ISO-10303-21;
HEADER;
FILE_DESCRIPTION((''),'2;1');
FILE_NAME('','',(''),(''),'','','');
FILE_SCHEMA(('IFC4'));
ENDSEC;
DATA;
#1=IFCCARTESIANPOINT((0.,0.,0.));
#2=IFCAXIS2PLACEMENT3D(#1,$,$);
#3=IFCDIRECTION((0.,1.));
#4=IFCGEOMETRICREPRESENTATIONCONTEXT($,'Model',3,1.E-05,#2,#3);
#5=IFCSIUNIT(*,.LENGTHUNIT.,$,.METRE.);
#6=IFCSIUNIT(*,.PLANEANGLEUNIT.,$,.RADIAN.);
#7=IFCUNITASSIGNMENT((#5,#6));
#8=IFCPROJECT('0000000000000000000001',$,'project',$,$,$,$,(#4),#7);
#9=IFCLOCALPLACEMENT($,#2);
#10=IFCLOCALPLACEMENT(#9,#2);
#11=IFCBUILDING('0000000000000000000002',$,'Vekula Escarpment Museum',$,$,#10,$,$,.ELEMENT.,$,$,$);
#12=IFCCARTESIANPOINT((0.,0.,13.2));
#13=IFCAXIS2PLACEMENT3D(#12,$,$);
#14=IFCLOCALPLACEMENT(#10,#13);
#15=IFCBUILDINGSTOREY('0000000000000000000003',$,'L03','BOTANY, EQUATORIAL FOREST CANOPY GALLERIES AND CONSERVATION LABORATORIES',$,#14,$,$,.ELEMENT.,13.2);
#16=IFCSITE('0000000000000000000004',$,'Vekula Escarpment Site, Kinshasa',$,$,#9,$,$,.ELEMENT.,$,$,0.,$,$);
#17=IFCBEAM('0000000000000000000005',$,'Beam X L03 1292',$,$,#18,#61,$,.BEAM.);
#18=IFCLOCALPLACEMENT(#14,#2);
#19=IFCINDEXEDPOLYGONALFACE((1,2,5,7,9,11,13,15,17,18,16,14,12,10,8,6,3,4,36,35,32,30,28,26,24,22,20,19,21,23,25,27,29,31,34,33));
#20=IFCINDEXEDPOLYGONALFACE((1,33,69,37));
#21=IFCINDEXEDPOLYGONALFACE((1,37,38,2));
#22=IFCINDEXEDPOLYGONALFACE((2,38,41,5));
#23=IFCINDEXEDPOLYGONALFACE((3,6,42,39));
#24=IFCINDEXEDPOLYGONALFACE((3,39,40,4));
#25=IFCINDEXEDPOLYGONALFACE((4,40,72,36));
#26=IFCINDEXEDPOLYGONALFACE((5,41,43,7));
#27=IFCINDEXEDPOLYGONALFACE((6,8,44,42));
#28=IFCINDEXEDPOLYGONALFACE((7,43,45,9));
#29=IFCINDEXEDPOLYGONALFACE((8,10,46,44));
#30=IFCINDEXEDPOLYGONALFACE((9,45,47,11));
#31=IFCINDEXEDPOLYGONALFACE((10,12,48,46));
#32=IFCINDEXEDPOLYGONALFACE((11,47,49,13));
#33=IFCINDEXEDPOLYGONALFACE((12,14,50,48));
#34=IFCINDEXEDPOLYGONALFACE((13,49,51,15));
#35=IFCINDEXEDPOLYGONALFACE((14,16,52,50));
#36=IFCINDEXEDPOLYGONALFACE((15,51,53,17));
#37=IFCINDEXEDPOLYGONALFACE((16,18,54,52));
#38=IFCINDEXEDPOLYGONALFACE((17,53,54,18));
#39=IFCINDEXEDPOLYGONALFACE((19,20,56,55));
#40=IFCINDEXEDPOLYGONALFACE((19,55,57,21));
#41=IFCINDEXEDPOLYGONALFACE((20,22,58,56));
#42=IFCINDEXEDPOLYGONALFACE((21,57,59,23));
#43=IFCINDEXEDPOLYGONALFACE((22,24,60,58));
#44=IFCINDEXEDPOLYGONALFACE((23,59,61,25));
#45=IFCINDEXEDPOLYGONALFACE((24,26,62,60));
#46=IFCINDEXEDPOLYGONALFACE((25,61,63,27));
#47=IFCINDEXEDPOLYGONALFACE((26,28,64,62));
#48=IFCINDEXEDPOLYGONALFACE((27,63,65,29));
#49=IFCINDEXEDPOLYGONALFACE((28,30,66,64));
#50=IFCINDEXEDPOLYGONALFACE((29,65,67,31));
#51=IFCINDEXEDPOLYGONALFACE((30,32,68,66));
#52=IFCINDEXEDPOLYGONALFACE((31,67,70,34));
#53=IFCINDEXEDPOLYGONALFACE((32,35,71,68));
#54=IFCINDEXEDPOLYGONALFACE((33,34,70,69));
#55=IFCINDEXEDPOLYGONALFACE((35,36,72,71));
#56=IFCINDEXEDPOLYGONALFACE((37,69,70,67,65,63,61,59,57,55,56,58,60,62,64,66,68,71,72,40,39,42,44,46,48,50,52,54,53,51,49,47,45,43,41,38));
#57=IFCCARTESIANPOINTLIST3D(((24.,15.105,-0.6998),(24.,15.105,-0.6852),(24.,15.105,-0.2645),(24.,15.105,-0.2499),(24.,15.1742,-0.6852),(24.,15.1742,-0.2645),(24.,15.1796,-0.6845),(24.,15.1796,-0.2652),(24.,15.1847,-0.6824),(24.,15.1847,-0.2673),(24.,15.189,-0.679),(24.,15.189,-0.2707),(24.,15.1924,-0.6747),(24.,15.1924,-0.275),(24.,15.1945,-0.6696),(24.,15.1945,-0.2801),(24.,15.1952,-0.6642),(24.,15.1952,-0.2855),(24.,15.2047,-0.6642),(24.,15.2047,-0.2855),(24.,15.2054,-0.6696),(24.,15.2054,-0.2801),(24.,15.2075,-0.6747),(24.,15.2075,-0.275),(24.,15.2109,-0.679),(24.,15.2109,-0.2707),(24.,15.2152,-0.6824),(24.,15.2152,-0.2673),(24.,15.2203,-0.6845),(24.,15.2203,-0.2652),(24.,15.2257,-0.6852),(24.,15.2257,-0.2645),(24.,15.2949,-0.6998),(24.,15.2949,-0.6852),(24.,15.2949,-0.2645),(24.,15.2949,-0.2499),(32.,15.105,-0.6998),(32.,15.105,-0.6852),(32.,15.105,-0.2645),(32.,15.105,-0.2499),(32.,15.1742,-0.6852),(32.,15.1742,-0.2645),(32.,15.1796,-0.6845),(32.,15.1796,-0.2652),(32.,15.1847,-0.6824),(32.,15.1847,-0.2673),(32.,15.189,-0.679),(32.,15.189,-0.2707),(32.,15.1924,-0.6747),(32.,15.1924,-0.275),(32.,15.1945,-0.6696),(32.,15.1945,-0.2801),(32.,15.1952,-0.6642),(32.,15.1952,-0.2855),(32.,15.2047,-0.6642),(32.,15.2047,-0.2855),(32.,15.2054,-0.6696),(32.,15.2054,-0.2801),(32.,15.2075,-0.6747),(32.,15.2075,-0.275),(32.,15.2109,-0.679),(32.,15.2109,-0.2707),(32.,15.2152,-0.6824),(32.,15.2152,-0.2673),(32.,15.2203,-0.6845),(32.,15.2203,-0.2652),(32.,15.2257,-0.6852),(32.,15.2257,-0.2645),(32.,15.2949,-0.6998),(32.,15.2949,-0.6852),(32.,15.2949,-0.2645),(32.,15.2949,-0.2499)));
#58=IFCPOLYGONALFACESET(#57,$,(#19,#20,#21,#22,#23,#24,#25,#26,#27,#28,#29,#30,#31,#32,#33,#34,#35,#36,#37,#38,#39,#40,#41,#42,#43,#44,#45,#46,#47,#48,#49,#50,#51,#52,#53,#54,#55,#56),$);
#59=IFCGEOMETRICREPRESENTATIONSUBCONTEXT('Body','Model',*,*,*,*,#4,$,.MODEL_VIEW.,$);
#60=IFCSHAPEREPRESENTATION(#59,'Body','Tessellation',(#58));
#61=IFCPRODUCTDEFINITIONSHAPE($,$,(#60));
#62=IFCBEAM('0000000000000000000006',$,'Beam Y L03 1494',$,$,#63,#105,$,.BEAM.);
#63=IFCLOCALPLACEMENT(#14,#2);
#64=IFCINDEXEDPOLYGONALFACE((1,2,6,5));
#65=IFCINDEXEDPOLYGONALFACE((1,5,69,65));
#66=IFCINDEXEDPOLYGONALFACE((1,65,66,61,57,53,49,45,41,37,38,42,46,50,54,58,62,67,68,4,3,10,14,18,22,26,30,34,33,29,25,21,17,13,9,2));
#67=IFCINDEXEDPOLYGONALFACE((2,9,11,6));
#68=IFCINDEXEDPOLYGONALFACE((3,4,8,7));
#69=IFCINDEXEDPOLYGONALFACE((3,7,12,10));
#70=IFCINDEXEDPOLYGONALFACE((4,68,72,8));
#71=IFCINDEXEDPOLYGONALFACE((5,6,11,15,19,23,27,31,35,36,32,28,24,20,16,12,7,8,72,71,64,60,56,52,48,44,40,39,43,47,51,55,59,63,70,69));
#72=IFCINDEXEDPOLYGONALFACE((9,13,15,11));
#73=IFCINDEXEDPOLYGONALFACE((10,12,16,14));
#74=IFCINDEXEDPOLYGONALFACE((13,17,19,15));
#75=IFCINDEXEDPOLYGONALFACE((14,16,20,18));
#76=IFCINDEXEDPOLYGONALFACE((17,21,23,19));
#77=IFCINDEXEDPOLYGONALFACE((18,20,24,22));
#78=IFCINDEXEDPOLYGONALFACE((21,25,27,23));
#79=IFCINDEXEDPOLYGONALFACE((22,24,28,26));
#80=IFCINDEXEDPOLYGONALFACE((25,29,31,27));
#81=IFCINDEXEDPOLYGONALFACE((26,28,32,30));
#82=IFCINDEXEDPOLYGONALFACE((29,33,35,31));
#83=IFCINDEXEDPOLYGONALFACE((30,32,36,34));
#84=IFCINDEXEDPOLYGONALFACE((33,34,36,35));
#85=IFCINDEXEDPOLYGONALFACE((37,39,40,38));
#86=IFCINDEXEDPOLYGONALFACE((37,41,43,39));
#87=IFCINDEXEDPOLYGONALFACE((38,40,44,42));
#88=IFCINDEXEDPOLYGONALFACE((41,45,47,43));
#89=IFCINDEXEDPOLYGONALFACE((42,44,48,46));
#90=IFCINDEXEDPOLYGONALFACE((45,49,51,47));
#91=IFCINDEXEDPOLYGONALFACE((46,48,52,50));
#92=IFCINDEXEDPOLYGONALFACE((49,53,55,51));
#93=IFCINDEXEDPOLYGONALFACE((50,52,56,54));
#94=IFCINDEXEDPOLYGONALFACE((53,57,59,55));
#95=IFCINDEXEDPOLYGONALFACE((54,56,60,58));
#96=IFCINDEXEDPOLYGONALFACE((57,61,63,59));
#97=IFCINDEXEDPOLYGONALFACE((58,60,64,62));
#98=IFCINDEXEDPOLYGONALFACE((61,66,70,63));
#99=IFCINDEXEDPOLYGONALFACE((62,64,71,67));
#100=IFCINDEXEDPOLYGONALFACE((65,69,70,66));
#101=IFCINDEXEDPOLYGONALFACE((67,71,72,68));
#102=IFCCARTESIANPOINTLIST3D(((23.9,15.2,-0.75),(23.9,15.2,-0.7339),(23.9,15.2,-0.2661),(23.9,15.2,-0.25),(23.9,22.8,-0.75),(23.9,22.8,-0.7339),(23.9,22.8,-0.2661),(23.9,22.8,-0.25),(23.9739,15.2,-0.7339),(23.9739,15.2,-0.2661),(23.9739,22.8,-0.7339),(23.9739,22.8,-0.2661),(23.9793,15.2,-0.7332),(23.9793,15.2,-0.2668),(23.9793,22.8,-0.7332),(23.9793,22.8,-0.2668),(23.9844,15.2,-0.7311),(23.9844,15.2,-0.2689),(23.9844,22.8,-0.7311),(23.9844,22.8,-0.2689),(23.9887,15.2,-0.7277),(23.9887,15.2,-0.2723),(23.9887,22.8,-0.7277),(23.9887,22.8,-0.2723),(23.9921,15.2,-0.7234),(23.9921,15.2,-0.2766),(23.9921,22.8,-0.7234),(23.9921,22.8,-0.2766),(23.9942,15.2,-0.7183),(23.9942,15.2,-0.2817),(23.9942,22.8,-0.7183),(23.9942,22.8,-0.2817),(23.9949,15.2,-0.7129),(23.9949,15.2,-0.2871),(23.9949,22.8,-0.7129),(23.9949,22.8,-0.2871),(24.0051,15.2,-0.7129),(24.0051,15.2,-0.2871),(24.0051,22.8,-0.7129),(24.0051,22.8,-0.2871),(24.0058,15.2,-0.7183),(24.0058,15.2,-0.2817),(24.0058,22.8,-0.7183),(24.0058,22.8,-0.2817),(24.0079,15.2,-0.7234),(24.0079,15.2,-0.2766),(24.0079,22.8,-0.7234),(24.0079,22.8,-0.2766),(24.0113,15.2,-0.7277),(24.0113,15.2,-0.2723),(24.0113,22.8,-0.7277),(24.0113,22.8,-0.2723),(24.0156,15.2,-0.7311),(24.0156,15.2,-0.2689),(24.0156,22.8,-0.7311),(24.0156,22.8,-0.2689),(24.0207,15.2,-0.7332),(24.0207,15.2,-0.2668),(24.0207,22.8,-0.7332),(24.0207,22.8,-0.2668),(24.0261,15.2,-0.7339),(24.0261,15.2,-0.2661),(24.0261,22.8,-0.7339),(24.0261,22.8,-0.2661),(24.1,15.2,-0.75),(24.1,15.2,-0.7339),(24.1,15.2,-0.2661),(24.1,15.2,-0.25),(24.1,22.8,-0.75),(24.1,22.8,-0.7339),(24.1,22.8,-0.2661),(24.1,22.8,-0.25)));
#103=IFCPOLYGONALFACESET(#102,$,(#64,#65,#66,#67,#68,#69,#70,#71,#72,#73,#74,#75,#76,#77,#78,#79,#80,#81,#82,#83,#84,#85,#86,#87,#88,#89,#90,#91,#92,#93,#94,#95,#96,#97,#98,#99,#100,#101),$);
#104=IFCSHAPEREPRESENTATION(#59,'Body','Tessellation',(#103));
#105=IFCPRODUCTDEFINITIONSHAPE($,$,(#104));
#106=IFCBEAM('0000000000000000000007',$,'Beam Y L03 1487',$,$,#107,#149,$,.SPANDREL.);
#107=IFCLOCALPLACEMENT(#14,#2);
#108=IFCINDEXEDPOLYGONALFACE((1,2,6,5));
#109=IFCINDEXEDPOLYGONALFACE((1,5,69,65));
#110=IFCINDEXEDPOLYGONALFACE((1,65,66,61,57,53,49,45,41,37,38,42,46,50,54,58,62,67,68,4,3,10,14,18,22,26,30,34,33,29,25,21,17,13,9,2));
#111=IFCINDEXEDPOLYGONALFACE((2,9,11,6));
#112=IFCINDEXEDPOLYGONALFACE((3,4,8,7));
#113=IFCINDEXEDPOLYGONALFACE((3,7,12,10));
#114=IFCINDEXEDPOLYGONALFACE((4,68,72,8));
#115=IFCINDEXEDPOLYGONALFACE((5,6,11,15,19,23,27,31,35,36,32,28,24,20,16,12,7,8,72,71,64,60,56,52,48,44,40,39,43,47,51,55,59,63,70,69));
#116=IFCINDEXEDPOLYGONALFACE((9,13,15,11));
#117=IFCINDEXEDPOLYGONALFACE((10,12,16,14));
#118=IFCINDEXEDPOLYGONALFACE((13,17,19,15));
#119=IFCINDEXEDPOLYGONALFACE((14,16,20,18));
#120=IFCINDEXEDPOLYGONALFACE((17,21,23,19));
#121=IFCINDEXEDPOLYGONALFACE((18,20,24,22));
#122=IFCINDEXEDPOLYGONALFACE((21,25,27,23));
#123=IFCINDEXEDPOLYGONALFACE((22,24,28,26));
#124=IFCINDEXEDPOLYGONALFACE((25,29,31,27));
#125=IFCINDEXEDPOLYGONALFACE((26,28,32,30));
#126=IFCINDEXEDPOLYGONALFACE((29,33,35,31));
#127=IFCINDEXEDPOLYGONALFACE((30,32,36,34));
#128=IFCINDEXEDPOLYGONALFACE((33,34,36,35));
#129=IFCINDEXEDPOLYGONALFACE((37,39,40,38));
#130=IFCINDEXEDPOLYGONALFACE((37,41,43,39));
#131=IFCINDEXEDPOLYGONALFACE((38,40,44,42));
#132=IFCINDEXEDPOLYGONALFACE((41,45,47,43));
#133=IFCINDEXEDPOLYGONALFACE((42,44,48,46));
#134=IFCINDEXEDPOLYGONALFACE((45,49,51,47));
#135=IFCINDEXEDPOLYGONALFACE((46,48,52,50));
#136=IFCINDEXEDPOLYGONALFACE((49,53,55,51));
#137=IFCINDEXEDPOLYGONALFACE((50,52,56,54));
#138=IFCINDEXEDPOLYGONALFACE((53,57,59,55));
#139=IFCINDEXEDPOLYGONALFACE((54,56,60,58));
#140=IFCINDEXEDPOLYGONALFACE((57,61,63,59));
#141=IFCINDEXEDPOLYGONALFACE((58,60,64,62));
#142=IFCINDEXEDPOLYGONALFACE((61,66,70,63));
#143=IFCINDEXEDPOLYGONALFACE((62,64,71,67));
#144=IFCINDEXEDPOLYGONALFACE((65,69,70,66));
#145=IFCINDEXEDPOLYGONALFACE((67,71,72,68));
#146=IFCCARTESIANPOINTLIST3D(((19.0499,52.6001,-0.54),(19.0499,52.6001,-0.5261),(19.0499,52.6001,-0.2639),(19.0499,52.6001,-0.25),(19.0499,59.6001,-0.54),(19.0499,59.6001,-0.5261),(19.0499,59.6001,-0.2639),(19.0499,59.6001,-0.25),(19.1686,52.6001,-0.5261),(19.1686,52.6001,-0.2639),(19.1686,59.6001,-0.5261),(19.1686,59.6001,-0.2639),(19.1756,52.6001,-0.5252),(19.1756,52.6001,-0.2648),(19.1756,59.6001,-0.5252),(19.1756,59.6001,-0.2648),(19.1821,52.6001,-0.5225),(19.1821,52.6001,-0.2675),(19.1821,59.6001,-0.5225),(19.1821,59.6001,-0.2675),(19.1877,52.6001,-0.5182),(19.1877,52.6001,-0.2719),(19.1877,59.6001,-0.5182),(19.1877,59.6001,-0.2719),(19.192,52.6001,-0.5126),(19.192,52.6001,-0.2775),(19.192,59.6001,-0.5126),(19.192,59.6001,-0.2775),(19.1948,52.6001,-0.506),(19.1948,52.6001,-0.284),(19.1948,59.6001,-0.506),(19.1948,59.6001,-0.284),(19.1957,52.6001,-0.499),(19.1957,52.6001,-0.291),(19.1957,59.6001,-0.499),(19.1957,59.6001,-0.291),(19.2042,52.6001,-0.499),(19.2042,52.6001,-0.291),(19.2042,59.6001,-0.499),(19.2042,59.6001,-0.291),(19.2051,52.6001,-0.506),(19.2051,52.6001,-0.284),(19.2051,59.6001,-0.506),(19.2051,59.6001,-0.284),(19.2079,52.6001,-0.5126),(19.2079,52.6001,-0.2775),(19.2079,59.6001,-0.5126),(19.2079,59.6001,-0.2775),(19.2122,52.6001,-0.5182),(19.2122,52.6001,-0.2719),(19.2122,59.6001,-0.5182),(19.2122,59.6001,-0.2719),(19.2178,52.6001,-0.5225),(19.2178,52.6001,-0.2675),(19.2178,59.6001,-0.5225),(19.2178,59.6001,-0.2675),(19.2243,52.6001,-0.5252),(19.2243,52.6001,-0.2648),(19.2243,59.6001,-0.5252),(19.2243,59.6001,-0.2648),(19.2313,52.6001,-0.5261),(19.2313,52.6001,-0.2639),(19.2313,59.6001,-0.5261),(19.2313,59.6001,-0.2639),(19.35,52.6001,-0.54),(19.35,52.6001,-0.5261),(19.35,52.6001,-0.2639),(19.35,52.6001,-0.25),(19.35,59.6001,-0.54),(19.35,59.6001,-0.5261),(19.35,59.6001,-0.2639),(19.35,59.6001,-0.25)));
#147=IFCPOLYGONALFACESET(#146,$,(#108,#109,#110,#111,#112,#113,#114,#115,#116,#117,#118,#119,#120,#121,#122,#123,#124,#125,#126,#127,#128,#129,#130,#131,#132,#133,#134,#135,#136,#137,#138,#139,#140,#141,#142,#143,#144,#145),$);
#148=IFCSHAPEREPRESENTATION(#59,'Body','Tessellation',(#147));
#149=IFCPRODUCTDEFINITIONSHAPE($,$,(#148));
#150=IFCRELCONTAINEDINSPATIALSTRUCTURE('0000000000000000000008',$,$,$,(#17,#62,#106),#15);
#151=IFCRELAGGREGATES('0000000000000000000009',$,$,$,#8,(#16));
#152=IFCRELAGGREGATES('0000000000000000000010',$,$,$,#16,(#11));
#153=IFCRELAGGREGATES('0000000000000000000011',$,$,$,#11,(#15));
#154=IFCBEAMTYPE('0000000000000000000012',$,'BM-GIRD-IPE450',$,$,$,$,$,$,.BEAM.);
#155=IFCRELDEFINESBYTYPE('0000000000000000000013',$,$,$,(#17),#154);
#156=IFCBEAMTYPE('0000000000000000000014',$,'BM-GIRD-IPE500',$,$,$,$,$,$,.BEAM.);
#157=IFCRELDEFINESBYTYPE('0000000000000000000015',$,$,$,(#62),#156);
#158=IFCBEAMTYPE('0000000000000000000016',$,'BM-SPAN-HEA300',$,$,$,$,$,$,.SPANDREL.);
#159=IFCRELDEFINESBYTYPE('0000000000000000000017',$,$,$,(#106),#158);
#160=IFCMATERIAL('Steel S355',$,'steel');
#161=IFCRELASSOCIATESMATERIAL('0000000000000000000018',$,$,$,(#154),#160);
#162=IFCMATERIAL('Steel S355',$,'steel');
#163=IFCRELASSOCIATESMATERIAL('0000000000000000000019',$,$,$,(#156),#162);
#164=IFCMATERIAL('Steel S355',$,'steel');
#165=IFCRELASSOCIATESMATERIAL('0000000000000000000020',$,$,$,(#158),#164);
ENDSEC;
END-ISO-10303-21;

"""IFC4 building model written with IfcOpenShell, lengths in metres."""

from ifc_helpers import new_model, si_unit, direction, frame, origin, origin_2d, place, context, subcontext, project, spatial, i_section, extrude, material, material_profile, profile_set, type_object, element, save


model = new_model("IFC4")

# Units and contexts
model_context = context("Model", 3, precision=1e-05, world=origin(), true_north=direction((0.0, 1.0)))
body_context = subcontext(model_context, "Body", "Model", "MODEL_VIEW")
ifc_project = project(units=[si_unit("LENGTHUNIT", "METRE"), si_unit("PLANEANGLEUNIT", "RADIAN")], contexts=[model_context])

# Site, building, storey
site_placement = place(None, origin())
site = spatial("IfcSite", under=ifc_project, at=site_placement, Name="Vekula Escarpment Site, Kinshasa", CompositionType="ELEMENT", RefElevation=0.0)
building_placement = place(site_placement, origin())
building = spatial("IfcBuilding", under=site, at=building_placement, Name="Vekula Escarpment Museum", CompositionType="ELEMENT")
storey_placement = place(building_placement, frame((0.0, 0.0, 13.2)))
storey = spatial("IfcBuildingStorey", under=building, at=storey_placement, Name="L03", Description="BOTANY, EQUATORIAL FOREST CANOPY GALLERIES AND CONSERVATION LABORATORIES", CompositionType="ELEMENT", Elevation=13.2)

# Beams
ifc_material_1 = material(Name="Steel S355", Category="steel")
ifc_material_profile_1 = material_profile(ifc_material_1, i_section(OverallWidth=0.1899, OverallDepth=0.45, WebThickness=0.0095, FlangeThickness=0.0146, FilletRadius=0.021, at=origin_2d()), Name="IPE 450")
ifc_profile_set_1 = profile_set([ifc_material_profile_1], Name="Steel S355")
beam_type_1 = type_object("IfcBeamType", Name="BM-GIRD-IPE450", PredefinedType="BEAM", material=ifc_profile_set_1)
beam_1_placement = place(storey_placement, frame((24.0, 15.2, -0.4749), z_axis=(1.0, 0.0, 0.0), x_axis=(0.0, 1.0, 0.0)))
element("IfcBeam", 1, at=beam_1_placement, inside=storey, type_object=beam_type_1, Name="Beam X L03 1292", PredefinedType="BEAM", context=body_context, shape_type="SweptSolid", body=[
    extrude(i_section(OverallWidth=0.1899, OverallDepth=0.45, WebThickness=0.0095, FlangeThickness=0.0146, FilletRadius=0.021, at=origin_2d()), origin(), (0.0, 0.0, 1.0), 8.0),
])
ifc_material_2 = material(Name="Steel S355", Category="steel")
ifc_material_profile_2 = material_profile(ifc_material_2, i_section(OverallWidth=0.2, OverallDepth=0.5, WebThickness=0.0103, FlangeThickness=0.0161, FilletRadius=0.021, at=origin_2d()), Name="IPE 500")
ifc_profile_set_2 = profile_set([ifc_material_profile_2], Name="Steel S355")
beam_type_2 = type_object("IfcBeamType", Name="BM-GIRD-IPE500", PredefinedType="BEAM", material=ifc_profile_set_2)
beam_2_placement = place(storey_placement, frame((24.0, 15.2, -0.5), z_axis=(0.0, 1.0, 0.0), x_axis=(-1.0, 0.0, 0.0)))
element("IfcBeam", 2, at=beam_2_placement, inside=storey, type_object=beam_type_2, Name="Beam Y L03 1494", PredefinedType="BEAM", context=body_context, shape_type="SweptSolid", body=[
    extrude(i_section(OverallWidth=0.2, OverallDepth=0.5, WebThickness=0.0103, FlangeThickness=0.0161, FilletRadius=0.021, at=origin_2d()), origin(), (0.0, 0.0, 1.0), 7.6001),
])
ifc_material_3 = material(Name="Steel S355", Category="steel")
ifc_material_profile_3 = material_profile(ifc_material_3, i_section(OverallWidth=0.3, OverallDepth=0.29, WebThickness=0.0085, FlangeThickness=0.0139, FilletRadius=0.0271, at=origin_2d()), Name="HEA 300")
ifc_profile_set_3 = profile_set([ifc_material_profile_3], Name="Steel S355")
beam_type_3 = type_object("IfcBeamType", Name="BM-SPAN-HEA300", PredefinedType="SPANDREL", material=ifc_profile_set_3)
beam_3_placement = place(storey_placement, frame((19.2, 52.6001, -0.395), z_axis=(0.0, 1.0, 0.0), x_axis=(-1.0, 0.0, 0.0)))
element("IfcBeam", 3, at=beam_3_placement, inside=storey, type_object=beam_type_3, Name="Beam Y L03 1487", PredefinedType="SPANDREL", context=body_context, shape_type="SweptSolid", body=[
    extrude(i_section(OverallWidth=0.3, OverallDepth=0.29, WebThickness=0.0085, FlangeThickness=0.0139, FilletRadius=0.0271, at=origin_2d()), origin(), (0.0, 0.0, 1.0), 7.0),
])

save(model, "model.ifc")
